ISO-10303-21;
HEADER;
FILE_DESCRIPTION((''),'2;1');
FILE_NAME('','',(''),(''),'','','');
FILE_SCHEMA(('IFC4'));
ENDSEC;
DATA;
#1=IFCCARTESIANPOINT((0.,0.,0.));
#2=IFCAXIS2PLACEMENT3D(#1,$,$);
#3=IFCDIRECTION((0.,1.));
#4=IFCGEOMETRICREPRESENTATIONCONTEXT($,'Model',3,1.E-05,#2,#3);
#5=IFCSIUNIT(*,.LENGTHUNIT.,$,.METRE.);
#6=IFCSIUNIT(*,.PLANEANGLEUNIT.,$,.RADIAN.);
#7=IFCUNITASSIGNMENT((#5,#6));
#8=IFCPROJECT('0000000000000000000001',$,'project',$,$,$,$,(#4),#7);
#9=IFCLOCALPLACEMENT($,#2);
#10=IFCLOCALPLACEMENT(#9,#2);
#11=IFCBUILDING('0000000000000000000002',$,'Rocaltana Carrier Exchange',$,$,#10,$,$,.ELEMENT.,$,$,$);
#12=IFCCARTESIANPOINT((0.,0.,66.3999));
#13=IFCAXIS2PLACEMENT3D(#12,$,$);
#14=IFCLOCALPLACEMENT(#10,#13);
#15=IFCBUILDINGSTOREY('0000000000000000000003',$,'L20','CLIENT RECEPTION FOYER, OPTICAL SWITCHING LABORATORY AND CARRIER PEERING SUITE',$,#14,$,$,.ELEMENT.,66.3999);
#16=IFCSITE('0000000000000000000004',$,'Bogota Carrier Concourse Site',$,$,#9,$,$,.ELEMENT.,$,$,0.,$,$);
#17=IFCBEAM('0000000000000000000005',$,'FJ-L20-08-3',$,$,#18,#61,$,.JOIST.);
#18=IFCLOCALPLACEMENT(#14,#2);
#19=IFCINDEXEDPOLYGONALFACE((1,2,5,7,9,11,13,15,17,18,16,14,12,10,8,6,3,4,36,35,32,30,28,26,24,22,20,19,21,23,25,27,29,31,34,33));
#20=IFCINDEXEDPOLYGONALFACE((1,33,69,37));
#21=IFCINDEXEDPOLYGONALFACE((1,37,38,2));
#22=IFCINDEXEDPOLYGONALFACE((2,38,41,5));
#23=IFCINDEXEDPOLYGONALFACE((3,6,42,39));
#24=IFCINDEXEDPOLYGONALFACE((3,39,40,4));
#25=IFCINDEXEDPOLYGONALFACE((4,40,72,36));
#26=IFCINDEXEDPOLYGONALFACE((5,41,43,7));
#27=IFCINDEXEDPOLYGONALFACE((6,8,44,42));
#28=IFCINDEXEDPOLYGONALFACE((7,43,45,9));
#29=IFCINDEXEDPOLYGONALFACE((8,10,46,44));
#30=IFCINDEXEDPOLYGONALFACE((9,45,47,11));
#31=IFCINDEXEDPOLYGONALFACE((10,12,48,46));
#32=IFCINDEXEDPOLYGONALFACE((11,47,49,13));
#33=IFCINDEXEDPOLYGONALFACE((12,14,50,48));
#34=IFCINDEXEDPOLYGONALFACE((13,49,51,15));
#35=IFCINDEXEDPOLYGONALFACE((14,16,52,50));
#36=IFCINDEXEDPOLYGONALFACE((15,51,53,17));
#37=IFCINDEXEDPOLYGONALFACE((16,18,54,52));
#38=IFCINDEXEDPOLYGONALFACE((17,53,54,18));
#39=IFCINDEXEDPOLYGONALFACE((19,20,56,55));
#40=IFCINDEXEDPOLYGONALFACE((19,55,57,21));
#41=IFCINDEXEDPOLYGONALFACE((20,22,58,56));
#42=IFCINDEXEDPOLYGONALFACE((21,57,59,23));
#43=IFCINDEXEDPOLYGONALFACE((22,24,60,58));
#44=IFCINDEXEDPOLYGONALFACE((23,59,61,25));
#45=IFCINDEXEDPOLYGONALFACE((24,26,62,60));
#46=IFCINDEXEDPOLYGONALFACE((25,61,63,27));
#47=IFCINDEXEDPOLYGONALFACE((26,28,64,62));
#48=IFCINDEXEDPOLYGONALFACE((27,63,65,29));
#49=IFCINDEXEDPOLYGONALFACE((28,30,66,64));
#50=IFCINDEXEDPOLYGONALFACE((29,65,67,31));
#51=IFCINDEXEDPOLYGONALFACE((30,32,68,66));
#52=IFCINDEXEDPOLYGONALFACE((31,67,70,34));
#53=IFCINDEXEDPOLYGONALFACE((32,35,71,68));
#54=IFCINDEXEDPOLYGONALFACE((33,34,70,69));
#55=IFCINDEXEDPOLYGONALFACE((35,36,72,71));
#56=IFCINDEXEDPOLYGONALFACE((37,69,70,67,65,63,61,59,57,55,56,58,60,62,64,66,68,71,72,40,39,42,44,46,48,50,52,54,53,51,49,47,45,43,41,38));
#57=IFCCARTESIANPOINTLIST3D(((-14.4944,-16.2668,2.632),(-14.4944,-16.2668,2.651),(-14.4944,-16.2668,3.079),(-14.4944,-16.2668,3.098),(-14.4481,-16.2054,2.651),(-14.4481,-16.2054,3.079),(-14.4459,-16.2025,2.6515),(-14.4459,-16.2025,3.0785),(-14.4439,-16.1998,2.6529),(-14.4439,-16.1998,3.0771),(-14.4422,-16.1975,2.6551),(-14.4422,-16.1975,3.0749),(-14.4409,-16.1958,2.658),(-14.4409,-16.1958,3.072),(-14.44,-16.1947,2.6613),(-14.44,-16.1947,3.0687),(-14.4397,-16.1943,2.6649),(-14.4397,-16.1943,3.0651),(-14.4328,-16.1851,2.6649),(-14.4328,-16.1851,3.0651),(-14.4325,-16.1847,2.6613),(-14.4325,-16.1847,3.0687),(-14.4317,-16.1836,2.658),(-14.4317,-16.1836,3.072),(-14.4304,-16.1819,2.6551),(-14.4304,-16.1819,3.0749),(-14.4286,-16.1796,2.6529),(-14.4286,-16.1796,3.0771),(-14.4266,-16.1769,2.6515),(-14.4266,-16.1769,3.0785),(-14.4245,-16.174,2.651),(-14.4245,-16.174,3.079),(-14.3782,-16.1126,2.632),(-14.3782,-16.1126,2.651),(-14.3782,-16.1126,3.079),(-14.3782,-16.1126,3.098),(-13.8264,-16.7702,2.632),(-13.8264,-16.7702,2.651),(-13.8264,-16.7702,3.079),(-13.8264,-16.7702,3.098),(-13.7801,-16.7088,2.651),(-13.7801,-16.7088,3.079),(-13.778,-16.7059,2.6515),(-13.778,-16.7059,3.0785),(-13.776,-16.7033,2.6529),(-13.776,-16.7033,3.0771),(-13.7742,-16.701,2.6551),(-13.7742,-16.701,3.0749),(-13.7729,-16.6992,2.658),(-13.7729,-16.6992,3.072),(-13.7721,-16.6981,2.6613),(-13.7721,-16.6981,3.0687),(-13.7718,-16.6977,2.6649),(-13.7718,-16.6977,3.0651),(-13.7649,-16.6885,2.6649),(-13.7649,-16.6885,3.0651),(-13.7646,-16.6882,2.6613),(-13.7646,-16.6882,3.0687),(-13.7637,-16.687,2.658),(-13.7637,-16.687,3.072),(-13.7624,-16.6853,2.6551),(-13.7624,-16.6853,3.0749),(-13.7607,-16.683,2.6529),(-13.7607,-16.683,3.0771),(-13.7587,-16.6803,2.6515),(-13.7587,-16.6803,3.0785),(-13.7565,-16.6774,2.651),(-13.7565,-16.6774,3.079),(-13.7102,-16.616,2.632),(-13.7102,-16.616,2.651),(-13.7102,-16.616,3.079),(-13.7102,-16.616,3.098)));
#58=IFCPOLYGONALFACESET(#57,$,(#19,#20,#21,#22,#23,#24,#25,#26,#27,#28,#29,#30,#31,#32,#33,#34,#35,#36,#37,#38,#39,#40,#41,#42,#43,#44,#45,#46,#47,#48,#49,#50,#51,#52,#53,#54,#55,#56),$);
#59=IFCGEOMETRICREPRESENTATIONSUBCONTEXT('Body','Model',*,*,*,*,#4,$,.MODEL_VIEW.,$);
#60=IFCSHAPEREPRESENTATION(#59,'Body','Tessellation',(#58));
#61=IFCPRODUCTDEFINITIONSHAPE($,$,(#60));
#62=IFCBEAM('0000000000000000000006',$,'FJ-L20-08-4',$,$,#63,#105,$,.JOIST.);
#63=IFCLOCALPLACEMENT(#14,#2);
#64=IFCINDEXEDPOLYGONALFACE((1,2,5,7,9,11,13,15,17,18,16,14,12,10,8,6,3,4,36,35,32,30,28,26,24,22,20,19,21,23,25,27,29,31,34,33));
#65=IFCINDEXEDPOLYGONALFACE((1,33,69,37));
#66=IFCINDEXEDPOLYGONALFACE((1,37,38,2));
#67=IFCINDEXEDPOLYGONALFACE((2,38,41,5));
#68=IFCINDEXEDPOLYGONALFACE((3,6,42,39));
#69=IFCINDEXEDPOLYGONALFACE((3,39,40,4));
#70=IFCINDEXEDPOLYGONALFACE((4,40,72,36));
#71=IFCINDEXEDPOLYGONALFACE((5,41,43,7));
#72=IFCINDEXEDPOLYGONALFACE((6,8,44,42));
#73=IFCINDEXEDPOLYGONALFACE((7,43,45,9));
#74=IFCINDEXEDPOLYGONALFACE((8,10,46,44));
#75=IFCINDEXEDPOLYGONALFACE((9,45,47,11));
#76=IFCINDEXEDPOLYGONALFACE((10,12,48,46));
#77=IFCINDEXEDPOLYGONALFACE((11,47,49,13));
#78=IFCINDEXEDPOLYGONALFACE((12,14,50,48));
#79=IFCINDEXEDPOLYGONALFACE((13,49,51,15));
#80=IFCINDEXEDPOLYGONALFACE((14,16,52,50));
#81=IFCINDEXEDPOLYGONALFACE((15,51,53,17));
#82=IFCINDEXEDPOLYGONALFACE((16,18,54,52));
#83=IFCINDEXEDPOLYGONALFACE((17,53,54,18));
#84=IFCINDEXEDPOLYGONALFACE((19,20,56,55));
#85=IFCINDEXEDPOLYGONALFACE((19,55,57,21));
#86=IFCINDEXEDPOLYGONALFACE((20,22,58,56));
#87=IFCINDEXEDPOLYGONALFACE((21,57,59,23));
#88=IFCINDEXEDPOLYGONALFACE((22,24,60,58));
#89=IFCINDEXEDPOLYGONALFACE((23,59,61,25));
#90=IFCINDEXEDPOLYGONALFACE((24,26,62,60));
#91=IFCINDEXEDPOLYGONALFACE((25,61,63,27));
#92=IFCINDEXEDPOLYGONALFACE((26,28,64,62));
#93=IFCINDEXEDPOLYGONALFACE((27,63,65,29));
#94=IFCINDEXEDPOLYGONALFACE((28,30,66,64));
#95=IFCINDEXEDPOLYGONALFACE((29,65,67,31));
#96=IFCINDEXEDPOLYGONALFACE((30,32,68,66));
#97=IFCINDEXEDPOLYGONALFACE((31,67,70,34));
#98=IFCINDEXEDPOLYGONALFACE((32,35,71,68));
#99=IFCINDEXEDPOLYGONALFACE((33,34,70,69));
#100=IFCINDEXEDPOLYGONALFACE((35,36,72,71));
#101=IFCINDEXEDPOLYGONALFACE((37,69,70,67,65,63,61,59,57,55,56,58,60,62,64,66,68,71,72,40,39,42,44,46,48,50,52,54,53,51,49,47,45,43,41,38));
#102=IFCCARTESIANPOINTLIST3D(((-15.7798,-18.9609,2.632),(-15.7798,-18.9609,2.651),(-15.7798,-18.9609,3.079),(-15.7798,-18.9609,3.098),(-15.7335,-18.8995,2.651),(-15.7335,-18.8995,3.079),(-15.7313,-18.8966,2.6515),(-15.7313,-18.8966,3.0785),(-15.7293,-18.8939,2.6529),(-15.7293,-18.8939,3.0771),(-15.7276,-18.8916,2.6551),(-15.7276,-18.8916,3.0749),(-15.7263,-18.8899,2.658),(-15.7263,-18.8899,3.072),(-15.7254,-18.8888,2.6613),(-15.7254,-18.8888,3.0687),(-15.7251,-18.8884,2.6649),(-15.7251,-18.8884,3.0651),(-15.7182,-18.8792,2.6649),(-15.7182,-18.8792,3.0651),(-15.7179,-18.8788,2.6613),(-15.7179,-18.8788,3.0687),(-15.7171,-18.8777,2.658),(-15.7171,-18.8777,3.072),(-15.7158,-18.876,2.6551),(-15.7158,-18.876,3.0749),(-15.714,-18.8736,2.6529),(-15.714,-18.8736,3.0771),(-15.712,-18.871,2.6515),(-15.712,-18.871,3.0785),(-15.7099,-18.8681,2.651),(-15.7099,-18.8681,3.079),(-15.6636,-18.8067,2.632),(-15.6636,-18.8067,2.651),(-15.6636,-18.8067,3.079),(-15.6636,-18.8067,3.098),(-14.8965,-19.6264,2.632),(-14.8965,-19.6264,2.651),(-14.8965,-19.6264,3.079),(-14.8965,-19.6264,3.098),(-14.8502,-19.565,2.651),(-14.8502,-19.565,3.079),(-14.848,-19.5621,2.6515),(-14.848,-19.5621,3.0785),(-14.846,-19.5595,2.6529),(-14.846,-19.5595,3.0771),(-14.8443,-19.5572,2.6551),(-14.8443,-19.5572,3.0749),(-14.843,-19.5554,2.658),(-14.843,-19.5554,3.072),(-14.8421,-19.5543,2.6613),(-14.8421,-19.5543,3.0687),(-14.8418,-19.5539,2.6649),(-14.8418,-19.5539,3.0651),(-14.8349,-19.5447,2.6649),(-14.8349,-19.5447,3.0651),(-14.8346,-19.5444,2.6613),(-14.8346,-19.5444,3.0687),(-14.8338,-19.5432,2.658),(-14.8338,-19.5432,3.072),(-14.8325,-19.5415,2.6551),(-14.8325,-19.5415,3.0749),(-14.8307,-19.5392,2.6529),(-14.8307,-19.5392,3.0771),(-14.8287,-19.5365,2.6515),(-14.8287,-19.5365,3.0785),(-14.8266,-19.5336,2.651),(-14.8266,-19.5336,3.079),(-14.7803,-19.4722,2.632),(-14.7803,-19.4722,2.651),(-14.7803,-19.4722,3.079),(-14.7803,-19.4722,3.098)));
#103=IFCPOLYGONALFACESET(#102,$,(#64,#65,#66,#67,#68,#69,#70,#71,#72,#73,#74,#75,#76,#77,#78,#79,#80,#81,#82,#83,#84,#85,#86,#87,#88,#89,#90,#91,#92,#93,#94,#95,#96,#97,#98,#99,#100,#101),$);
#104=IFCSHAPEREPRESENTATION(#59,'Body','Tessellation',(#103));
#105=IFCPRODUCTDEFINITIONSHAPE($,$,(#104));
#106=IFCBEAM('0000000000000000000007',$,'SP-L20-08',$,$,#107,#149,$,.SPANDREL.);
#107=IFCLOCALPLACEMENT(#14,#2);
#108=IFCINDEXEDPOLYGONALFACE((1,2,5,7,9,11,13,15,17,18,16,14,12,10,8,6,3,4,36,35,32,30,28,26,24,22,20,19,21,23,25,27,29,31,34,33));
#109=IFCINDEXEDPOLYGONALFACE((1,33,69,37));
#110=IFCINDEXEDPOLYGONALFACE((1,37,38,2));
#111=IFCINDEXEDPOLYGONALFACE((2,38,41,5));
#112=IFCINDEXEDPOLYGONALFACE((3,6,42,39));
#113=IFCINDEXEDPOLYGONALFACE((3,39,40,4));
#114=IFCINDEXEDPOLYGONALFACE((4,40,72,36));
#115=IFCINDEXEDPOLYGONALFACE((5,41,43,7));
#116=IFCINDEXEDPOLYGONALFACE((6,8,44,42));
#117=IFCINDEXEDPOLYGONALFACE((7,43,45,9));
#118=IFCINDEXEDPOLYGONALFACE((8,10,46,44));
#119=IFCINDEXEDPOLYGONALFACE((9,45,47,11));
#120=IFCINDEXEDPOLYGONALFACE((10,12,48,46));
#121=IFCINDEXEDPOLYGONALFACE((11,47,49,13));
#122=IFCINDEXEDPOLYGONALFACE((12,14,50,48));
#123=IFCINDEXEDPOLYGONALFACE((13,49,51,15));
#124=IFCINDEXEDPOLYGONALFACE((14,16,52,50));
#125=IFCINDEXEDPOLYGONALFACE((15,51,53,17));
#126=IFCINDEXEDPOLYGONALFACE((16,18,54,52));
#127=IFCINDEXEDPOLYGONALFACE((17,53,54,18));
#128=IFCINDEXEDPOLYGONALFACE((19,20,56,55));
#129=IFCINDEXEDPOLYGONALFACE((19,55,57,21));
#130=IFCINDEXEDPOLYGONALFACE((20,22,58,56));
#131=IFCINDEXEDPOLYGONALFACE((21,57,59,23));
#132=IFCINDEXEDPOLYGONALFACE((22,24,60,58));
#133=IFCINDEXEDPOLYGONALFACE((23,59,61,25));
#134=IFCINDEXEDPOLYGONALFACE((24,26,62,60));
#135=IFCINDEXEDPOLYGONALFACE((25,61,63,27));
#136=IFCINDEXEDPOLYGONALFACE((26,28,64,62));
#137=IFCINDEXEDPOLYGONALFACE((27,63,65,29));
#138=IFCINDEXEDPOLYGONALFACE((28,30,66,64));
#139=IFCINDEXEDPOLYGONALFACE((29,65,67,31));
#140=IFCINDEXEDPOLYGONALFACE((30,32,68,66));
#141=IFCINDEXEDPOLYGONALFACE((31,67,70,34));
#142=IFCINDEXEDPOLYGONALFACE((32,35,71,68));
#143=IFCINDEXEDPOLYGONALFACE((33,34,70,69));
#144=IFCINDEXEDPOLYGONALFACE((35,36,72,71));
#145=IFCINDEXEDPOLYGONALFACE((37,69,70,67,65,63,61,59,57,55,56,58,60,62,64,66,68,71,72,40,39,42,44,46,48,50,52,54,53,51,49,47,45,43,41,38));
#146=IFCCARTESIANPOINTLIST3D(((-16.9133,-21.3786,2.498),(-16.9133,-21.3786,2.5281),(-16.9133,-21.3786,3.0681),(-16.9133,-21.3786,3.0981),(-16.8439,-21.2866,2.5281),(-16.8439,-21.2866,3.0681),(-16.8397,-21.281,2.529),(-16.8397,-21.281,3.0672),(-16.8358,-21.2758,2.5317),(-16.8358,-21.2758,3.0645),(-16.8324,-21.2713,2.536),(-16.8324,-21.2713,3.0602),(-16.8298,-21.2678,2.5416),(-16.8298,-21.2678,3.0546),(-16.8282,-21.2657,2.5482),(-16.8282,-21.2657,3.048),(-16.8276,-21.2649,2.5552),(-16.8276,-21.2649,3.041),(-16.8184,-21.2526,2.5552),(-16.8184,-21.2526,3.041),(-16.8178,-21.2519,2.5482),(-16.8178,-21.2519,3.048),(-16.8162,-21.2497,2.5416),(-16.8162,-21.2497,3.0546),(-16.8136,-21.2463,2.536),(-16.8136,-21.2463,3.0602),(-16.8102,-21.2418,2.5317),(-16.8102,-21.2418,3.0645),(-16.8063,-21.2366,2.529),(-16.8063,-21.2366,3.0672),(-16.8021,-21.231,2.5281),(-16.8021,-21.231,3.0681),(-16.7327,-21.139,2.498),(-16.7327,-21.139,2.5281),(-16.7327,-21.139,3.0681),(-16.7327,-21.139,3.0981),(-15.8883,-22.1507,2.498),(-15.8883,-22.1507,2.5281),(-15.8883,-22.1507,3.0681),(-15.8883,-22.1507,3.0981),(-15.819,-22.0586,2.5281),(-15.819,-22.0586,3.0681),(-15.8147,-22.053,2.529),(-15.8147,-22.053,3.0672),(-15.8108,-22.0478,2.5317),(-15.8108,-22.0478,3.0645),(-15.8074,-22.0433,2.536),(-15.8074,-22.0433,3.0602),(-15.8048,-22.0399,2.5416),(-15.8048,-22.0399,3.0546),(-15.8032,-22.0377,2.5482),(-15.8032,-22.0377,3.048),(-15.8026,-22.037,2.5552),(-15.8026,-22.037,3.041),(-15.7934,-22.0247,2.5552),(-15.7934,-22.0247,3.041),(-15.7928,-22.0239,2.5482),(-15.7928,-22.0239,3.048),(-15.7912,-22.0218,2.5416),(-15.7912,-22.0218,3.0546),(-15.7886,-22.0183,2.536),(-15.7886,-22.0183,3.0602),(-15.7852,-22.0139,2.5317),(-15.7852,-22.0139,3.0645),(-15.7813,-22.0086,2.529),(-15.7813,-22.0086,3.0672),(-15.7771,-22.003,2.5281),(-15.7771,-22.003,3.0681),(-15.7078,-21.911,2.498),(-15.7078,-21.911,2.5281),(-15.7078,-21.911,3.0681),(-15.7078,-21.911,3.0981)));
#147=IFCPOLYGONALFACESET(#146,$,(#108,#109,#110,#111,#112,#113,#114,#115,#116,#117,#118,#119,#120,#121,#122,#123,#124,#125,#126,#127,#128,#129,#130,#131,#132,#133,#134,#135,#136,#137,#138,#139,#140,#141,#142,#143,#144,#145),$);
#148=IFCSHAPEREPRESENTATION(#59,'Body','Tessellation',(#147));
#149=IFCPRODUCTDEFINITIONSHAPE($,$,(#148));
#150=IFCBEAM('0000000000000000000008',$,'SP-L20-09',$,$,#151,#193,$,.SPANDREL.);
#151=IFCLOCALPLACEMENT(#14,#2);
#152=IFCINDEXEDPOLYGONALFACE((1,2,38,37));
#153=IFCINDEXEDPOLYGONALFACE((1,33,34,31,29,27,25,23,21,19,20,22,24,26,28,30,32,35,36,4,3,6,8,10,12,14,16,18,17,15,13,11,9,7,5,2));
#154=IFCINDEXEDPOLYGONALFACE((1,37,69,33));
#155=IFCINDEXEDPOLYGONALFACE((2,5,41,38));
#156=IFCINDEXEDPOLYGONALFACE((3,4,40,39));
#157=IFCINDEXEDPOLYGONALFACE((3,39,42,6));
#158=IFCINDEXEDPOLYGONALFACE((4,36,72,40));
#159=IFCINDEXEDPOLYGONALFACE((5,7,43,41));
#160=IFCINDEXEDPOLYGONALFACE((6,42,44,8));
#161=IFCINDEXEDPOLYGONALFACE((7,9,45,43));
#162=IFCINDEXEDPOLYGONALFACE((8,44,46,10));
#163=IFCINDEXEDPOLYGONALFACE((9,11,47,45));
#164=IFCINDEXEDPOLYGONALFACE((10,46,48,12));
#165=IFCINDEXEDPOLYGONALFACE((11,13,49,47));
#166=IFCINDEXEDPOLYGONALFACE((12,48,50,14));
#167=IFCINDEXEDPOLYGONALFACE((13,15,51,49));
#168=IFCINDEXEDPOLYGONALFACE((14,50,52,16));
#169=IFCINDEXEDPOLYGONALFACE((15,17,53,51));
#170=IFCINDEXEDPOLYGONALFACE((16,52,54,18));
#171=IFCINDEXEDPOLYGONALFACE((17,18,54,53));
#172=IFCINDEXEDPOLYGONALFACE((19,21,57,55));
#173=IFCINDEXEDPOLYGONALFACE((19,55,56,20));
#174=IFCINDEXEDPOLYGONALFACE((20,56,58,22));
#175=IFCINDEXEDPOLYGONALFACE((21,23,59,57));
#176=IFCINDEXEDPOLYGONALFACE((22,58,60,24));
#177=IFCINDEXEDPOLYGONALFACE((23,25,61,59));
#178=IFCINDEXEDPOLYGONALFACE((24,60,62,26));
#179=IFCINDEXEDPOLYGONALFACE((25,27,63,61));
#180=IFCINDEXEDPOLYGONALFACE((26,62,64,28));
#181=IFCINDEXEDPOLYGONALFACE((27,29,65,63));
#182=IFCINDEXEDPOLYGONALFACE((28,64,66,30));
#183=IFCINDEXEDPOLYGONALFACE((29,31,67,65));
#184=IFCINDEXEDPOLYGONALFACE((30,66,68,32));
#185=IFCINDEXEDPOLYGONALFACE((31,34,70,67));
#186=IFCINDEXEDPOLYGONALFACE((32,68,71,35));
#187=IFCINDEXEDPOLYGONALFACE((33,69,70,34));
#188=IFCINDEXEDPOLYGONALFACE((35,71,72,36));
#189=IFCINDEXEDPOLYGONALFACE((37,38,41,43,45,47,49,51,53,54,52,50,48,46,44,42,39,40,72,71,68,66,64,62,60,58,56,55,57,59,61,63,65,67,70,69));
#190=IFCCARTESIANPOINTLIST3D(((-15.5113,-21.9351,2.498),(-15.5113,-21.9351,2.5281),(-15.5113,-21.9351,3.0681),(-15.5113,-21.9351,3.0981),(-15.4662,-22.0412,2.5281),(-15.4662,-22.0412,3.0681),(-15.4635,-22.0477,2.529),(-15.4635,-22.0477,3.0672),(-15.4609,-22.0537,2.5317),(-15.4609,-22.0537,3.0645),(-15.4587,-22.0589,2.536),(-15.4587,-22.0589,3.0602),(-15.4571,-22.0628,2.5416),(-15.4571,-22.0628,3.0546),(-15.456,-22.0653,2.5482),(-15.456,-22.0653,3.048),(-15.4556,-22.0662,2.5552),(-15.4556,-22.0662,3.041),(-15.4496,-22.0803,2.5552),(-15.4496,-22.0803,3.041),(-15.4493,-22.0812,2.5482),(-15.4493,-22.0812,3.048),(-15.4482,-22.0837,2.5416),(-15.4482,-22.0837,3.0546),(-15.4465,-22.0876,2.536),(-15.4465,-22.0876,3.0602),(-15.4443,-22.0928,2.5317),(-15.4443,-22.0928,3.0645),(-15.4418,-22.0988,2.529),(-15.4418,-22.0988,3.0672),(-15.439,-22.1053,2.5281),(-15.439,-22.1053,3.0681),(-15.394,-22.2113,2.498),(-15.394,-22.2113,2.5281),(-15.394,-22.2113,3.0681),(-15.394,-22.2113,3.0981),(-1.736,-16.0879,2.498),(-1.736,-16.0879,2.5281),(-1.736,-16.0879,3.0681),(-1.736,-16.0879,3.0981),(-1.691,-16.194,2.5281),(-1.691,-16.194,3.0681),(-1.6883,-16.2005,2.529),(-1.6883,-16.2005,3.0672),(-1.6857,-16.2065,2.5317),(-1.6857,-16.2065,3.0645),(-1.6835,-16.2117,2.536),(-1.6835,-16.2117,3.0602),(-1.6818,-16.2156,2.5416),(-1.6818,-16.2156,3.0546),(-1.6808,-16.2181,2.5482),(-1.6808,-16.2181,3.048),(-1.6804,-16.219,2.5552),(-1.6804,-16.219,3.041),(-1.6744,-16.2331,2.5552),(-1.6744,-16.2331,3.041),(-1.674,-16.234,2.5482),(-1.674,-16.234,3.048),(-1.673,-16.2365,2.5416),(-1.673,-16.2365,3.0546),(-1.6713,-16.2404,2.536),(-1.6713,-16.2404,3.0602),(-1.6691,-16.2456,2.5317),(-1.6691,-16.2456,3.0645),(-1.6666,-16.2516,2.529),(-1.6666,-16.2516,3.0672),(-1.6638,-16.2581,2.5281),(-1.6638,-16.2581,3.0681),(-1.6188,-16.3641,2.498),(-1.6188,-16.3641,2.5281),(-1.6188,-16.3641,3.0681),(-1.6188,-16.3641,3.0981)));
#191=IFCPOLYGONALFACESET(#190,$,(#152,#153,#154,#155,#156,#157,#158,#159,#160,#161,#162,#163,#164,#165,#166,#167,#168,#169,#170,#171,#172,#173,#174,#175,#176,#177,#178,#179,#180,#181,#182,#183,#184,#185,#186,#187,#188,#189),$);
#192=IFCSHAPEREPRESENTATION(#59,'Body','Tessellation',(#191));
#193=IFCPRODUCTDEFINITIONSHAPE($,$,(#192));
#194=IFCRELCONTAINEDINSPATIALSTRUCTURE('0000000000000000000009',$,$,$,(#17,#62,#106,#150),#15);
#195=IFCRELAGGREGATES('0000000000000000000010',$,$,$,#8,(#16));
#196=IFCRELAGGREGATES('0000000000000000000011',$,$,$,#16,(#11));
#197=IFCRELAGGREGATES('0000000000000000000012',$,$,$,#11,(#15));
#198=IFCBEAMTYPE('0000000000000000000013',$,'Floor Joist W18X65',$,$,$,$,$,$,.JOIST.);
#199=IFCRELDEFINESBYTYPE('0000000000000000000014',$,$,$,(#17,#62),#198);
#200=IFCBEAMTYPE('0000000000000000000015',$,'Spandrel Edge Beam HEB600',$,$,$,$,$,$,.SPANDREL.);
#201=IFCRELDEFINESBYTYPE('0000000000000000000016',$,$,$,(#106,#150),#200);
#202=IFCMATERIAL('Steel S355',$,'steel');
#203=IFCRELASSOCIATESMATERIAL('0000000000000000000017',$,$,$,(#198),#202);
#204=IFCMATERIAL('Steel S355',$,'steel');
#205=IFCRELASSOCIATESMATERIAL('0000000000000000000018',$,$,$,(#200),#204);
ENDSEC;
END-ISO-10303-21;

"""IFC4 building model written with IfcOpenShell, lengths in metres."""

from ifc_helpers import new_model, si_unit, direction, frame, origin, origin_2d, place, context, subcontext, project, spatial, i_section, extrude, material, material_profile, profile_set, type_object, element, save


model = new_model("IFC4")

# Units and contexts
model_context = context("Model", 3, precision=1e-05, world=origin(), true_north=direction((0.0, 1.0)))
body_context = subcontext(model_context, "Body", "Model", "MODEL_VIEW")
ifc_project = project(units=[si_unit("LENGTHUNIT", "METRE"), si_unit("PLANEANGLEUNIT", "RADIAN")], contexts=[model_context])

# Site, building, storey
site_placement = place(None, origin())
site = spatial("IfcSite", under=ifc_project, at=site_placement, Name="Bogota Carrier Concourse Site", CompositionType="ELEMENT", RefElevation=0.0)
building_placement = place(site_placement, origin())
building = spatial("IfcBuilding", under=site, at=building_placement, Name="Rocaltana Carrier Exchange", CompositionType="ELEMENT")
storey_placement = place(building_placement, frame((0.0, 0.0, 66.3999)))
storey = spatial("IfcBuildingStorey", under=building, at=storey_placement, Name="L20", Description="CLIENT RECEPTION FOYER, OPTICAL SWITCHING LABORATORY AND CARRIER PEERING SUITE", CompositionType="ELEMENT", Elevation=66.3999)

# Beams
ifc_material_1 = material(Name="Steel S355", Category="steel")
ifc_material_profile_1 = material_profile(ifc_material_1, i_section(OverallWidth=0.1931, OverallDepth=0.4661, WebThickness=0.0115, FlangeThickness=0.019, FilletRadius=0.0139, at=origin_2d()), Name="W18X65")
ifc_profile_set_1 = profile_set([ifc_material_profile_1], Name="Steel S355")
beam_type_1 = type_object("IfcBeamType", Name="Floor Joist W18X65", PredefinedType="JOIST", material=ifc_profile_set_1)
beam_1_placement = place(storey_placement, frame((-14.4363, -16.1897, 2.865), z_axis=(0.798597, -0.601866, 0.0), x_axis=(0.601866, 0.798597, 0.0)))
element("IfcBeam", 1, at=beam_1_placement, inside=storey, type_object=beam_type_1, Name="FJ-L20-08-3", PredefinedType="JOIST", context=body_context, shape_type="SweptSolid", body=[
    extrude(i_section(OverallWidth=0.1931, OverallDepth=0.4661, WebThickness=0.0115, FlangeThickness=0.019, FilletRadius=0.0139, at=origin_2d()), origin(), (0.0, 0.0, 1.0), 0.8364),
])
beam_2_placement = place(storey_placement, frame((-15.7217, -18.8838, 2.865), z_axis=(0.798674, -0.601765, 0.0), x_axis=(0.601765, 0.798674, 0.0)))
element("IfcBeam", 2, at=beam_2_placement, inside=storey, type_object=beam_type_1, Name="FJ-L20-08-4", PredefinedType="JOIST", context=body_context, shape_type="SweptSolid", body=[
    extrude(i_section(OverallWidth=0.1931, OverallDepth=0.4661, WebThickness=0.0115, FlangeThickness=0.019, FilletRadius=0.0139, at=origin_2d()), origin(), (0.0, 0.0, 1.0), 1.106),
])
ifc_material_2 = material(Name="Steel S355", Category="steel")
ifc_material_profile_2 = material_profile(ifc_material_2, i_section(OverallWidth=0.3, OverallDepth=0.6001, WebThickness=0.0154, FlangeThickness=0.03, FilletRadius=0.0271, at=origin_2d()), Name="HEB600")
ifc_profile_set_2 = profile_set([ifc_material_profile_2], Name="Steel S355")
beam_type_2 = type_object("IfcBeamType", Name="Spandrel Edge Beam HEB600", PredefinedType="SPANDREL", material=ifc_profile_set_2)
beam_3_placement = place(storey_placement, frame((-16.823, -21.2588, 2.7981), z_axis=(0.798765, -0.601643, 0.0), x_axis=(0.601643, 0.798765, 0.0)))
element("IfcBeam", 3, at=beam_3_placement, inside=storey, type_object=beam_type_2, Name="SP-L20-08", PredefinedType="SPANDREL", context=body_context, shape_type="SweptSolid", body=[
    extrude(i_section(OverallWidth=0.3, OverallDepth=0.6001, WebThickness=0.0154, FlangeThickness=0.03, FilletRadius=0.0271, at=origin_2d()), origin(), (0.0, 0.0, 1.0), 1.2832),
])
beam_4_placement = place(storey_placement, frame((-15.4526, -22.0732, 2.7981), z_axis=(0.920506, 0.390729, 0.0), x_axis=(-0.390729, 0.920506, 0.0)))
element("IfcBeam", 4, at=beam_4_placement, inside=storey, type_object=beam_type_2, Name="SP-L20-09", PredefinedType="SPANDREL", context=body_context, shape_type="SweptSolid", body=[
    extrude(i_section(OverallWidth=0.3, OverallDepth=0.6001, WebThickness=0.0154, FlangeThickness=0.03, FilletRadius=0.0271, at=origin_2d()), origin(), (0.0, 0.0, 1.0), 14.9648),
])

save(model, "model.ifc")
